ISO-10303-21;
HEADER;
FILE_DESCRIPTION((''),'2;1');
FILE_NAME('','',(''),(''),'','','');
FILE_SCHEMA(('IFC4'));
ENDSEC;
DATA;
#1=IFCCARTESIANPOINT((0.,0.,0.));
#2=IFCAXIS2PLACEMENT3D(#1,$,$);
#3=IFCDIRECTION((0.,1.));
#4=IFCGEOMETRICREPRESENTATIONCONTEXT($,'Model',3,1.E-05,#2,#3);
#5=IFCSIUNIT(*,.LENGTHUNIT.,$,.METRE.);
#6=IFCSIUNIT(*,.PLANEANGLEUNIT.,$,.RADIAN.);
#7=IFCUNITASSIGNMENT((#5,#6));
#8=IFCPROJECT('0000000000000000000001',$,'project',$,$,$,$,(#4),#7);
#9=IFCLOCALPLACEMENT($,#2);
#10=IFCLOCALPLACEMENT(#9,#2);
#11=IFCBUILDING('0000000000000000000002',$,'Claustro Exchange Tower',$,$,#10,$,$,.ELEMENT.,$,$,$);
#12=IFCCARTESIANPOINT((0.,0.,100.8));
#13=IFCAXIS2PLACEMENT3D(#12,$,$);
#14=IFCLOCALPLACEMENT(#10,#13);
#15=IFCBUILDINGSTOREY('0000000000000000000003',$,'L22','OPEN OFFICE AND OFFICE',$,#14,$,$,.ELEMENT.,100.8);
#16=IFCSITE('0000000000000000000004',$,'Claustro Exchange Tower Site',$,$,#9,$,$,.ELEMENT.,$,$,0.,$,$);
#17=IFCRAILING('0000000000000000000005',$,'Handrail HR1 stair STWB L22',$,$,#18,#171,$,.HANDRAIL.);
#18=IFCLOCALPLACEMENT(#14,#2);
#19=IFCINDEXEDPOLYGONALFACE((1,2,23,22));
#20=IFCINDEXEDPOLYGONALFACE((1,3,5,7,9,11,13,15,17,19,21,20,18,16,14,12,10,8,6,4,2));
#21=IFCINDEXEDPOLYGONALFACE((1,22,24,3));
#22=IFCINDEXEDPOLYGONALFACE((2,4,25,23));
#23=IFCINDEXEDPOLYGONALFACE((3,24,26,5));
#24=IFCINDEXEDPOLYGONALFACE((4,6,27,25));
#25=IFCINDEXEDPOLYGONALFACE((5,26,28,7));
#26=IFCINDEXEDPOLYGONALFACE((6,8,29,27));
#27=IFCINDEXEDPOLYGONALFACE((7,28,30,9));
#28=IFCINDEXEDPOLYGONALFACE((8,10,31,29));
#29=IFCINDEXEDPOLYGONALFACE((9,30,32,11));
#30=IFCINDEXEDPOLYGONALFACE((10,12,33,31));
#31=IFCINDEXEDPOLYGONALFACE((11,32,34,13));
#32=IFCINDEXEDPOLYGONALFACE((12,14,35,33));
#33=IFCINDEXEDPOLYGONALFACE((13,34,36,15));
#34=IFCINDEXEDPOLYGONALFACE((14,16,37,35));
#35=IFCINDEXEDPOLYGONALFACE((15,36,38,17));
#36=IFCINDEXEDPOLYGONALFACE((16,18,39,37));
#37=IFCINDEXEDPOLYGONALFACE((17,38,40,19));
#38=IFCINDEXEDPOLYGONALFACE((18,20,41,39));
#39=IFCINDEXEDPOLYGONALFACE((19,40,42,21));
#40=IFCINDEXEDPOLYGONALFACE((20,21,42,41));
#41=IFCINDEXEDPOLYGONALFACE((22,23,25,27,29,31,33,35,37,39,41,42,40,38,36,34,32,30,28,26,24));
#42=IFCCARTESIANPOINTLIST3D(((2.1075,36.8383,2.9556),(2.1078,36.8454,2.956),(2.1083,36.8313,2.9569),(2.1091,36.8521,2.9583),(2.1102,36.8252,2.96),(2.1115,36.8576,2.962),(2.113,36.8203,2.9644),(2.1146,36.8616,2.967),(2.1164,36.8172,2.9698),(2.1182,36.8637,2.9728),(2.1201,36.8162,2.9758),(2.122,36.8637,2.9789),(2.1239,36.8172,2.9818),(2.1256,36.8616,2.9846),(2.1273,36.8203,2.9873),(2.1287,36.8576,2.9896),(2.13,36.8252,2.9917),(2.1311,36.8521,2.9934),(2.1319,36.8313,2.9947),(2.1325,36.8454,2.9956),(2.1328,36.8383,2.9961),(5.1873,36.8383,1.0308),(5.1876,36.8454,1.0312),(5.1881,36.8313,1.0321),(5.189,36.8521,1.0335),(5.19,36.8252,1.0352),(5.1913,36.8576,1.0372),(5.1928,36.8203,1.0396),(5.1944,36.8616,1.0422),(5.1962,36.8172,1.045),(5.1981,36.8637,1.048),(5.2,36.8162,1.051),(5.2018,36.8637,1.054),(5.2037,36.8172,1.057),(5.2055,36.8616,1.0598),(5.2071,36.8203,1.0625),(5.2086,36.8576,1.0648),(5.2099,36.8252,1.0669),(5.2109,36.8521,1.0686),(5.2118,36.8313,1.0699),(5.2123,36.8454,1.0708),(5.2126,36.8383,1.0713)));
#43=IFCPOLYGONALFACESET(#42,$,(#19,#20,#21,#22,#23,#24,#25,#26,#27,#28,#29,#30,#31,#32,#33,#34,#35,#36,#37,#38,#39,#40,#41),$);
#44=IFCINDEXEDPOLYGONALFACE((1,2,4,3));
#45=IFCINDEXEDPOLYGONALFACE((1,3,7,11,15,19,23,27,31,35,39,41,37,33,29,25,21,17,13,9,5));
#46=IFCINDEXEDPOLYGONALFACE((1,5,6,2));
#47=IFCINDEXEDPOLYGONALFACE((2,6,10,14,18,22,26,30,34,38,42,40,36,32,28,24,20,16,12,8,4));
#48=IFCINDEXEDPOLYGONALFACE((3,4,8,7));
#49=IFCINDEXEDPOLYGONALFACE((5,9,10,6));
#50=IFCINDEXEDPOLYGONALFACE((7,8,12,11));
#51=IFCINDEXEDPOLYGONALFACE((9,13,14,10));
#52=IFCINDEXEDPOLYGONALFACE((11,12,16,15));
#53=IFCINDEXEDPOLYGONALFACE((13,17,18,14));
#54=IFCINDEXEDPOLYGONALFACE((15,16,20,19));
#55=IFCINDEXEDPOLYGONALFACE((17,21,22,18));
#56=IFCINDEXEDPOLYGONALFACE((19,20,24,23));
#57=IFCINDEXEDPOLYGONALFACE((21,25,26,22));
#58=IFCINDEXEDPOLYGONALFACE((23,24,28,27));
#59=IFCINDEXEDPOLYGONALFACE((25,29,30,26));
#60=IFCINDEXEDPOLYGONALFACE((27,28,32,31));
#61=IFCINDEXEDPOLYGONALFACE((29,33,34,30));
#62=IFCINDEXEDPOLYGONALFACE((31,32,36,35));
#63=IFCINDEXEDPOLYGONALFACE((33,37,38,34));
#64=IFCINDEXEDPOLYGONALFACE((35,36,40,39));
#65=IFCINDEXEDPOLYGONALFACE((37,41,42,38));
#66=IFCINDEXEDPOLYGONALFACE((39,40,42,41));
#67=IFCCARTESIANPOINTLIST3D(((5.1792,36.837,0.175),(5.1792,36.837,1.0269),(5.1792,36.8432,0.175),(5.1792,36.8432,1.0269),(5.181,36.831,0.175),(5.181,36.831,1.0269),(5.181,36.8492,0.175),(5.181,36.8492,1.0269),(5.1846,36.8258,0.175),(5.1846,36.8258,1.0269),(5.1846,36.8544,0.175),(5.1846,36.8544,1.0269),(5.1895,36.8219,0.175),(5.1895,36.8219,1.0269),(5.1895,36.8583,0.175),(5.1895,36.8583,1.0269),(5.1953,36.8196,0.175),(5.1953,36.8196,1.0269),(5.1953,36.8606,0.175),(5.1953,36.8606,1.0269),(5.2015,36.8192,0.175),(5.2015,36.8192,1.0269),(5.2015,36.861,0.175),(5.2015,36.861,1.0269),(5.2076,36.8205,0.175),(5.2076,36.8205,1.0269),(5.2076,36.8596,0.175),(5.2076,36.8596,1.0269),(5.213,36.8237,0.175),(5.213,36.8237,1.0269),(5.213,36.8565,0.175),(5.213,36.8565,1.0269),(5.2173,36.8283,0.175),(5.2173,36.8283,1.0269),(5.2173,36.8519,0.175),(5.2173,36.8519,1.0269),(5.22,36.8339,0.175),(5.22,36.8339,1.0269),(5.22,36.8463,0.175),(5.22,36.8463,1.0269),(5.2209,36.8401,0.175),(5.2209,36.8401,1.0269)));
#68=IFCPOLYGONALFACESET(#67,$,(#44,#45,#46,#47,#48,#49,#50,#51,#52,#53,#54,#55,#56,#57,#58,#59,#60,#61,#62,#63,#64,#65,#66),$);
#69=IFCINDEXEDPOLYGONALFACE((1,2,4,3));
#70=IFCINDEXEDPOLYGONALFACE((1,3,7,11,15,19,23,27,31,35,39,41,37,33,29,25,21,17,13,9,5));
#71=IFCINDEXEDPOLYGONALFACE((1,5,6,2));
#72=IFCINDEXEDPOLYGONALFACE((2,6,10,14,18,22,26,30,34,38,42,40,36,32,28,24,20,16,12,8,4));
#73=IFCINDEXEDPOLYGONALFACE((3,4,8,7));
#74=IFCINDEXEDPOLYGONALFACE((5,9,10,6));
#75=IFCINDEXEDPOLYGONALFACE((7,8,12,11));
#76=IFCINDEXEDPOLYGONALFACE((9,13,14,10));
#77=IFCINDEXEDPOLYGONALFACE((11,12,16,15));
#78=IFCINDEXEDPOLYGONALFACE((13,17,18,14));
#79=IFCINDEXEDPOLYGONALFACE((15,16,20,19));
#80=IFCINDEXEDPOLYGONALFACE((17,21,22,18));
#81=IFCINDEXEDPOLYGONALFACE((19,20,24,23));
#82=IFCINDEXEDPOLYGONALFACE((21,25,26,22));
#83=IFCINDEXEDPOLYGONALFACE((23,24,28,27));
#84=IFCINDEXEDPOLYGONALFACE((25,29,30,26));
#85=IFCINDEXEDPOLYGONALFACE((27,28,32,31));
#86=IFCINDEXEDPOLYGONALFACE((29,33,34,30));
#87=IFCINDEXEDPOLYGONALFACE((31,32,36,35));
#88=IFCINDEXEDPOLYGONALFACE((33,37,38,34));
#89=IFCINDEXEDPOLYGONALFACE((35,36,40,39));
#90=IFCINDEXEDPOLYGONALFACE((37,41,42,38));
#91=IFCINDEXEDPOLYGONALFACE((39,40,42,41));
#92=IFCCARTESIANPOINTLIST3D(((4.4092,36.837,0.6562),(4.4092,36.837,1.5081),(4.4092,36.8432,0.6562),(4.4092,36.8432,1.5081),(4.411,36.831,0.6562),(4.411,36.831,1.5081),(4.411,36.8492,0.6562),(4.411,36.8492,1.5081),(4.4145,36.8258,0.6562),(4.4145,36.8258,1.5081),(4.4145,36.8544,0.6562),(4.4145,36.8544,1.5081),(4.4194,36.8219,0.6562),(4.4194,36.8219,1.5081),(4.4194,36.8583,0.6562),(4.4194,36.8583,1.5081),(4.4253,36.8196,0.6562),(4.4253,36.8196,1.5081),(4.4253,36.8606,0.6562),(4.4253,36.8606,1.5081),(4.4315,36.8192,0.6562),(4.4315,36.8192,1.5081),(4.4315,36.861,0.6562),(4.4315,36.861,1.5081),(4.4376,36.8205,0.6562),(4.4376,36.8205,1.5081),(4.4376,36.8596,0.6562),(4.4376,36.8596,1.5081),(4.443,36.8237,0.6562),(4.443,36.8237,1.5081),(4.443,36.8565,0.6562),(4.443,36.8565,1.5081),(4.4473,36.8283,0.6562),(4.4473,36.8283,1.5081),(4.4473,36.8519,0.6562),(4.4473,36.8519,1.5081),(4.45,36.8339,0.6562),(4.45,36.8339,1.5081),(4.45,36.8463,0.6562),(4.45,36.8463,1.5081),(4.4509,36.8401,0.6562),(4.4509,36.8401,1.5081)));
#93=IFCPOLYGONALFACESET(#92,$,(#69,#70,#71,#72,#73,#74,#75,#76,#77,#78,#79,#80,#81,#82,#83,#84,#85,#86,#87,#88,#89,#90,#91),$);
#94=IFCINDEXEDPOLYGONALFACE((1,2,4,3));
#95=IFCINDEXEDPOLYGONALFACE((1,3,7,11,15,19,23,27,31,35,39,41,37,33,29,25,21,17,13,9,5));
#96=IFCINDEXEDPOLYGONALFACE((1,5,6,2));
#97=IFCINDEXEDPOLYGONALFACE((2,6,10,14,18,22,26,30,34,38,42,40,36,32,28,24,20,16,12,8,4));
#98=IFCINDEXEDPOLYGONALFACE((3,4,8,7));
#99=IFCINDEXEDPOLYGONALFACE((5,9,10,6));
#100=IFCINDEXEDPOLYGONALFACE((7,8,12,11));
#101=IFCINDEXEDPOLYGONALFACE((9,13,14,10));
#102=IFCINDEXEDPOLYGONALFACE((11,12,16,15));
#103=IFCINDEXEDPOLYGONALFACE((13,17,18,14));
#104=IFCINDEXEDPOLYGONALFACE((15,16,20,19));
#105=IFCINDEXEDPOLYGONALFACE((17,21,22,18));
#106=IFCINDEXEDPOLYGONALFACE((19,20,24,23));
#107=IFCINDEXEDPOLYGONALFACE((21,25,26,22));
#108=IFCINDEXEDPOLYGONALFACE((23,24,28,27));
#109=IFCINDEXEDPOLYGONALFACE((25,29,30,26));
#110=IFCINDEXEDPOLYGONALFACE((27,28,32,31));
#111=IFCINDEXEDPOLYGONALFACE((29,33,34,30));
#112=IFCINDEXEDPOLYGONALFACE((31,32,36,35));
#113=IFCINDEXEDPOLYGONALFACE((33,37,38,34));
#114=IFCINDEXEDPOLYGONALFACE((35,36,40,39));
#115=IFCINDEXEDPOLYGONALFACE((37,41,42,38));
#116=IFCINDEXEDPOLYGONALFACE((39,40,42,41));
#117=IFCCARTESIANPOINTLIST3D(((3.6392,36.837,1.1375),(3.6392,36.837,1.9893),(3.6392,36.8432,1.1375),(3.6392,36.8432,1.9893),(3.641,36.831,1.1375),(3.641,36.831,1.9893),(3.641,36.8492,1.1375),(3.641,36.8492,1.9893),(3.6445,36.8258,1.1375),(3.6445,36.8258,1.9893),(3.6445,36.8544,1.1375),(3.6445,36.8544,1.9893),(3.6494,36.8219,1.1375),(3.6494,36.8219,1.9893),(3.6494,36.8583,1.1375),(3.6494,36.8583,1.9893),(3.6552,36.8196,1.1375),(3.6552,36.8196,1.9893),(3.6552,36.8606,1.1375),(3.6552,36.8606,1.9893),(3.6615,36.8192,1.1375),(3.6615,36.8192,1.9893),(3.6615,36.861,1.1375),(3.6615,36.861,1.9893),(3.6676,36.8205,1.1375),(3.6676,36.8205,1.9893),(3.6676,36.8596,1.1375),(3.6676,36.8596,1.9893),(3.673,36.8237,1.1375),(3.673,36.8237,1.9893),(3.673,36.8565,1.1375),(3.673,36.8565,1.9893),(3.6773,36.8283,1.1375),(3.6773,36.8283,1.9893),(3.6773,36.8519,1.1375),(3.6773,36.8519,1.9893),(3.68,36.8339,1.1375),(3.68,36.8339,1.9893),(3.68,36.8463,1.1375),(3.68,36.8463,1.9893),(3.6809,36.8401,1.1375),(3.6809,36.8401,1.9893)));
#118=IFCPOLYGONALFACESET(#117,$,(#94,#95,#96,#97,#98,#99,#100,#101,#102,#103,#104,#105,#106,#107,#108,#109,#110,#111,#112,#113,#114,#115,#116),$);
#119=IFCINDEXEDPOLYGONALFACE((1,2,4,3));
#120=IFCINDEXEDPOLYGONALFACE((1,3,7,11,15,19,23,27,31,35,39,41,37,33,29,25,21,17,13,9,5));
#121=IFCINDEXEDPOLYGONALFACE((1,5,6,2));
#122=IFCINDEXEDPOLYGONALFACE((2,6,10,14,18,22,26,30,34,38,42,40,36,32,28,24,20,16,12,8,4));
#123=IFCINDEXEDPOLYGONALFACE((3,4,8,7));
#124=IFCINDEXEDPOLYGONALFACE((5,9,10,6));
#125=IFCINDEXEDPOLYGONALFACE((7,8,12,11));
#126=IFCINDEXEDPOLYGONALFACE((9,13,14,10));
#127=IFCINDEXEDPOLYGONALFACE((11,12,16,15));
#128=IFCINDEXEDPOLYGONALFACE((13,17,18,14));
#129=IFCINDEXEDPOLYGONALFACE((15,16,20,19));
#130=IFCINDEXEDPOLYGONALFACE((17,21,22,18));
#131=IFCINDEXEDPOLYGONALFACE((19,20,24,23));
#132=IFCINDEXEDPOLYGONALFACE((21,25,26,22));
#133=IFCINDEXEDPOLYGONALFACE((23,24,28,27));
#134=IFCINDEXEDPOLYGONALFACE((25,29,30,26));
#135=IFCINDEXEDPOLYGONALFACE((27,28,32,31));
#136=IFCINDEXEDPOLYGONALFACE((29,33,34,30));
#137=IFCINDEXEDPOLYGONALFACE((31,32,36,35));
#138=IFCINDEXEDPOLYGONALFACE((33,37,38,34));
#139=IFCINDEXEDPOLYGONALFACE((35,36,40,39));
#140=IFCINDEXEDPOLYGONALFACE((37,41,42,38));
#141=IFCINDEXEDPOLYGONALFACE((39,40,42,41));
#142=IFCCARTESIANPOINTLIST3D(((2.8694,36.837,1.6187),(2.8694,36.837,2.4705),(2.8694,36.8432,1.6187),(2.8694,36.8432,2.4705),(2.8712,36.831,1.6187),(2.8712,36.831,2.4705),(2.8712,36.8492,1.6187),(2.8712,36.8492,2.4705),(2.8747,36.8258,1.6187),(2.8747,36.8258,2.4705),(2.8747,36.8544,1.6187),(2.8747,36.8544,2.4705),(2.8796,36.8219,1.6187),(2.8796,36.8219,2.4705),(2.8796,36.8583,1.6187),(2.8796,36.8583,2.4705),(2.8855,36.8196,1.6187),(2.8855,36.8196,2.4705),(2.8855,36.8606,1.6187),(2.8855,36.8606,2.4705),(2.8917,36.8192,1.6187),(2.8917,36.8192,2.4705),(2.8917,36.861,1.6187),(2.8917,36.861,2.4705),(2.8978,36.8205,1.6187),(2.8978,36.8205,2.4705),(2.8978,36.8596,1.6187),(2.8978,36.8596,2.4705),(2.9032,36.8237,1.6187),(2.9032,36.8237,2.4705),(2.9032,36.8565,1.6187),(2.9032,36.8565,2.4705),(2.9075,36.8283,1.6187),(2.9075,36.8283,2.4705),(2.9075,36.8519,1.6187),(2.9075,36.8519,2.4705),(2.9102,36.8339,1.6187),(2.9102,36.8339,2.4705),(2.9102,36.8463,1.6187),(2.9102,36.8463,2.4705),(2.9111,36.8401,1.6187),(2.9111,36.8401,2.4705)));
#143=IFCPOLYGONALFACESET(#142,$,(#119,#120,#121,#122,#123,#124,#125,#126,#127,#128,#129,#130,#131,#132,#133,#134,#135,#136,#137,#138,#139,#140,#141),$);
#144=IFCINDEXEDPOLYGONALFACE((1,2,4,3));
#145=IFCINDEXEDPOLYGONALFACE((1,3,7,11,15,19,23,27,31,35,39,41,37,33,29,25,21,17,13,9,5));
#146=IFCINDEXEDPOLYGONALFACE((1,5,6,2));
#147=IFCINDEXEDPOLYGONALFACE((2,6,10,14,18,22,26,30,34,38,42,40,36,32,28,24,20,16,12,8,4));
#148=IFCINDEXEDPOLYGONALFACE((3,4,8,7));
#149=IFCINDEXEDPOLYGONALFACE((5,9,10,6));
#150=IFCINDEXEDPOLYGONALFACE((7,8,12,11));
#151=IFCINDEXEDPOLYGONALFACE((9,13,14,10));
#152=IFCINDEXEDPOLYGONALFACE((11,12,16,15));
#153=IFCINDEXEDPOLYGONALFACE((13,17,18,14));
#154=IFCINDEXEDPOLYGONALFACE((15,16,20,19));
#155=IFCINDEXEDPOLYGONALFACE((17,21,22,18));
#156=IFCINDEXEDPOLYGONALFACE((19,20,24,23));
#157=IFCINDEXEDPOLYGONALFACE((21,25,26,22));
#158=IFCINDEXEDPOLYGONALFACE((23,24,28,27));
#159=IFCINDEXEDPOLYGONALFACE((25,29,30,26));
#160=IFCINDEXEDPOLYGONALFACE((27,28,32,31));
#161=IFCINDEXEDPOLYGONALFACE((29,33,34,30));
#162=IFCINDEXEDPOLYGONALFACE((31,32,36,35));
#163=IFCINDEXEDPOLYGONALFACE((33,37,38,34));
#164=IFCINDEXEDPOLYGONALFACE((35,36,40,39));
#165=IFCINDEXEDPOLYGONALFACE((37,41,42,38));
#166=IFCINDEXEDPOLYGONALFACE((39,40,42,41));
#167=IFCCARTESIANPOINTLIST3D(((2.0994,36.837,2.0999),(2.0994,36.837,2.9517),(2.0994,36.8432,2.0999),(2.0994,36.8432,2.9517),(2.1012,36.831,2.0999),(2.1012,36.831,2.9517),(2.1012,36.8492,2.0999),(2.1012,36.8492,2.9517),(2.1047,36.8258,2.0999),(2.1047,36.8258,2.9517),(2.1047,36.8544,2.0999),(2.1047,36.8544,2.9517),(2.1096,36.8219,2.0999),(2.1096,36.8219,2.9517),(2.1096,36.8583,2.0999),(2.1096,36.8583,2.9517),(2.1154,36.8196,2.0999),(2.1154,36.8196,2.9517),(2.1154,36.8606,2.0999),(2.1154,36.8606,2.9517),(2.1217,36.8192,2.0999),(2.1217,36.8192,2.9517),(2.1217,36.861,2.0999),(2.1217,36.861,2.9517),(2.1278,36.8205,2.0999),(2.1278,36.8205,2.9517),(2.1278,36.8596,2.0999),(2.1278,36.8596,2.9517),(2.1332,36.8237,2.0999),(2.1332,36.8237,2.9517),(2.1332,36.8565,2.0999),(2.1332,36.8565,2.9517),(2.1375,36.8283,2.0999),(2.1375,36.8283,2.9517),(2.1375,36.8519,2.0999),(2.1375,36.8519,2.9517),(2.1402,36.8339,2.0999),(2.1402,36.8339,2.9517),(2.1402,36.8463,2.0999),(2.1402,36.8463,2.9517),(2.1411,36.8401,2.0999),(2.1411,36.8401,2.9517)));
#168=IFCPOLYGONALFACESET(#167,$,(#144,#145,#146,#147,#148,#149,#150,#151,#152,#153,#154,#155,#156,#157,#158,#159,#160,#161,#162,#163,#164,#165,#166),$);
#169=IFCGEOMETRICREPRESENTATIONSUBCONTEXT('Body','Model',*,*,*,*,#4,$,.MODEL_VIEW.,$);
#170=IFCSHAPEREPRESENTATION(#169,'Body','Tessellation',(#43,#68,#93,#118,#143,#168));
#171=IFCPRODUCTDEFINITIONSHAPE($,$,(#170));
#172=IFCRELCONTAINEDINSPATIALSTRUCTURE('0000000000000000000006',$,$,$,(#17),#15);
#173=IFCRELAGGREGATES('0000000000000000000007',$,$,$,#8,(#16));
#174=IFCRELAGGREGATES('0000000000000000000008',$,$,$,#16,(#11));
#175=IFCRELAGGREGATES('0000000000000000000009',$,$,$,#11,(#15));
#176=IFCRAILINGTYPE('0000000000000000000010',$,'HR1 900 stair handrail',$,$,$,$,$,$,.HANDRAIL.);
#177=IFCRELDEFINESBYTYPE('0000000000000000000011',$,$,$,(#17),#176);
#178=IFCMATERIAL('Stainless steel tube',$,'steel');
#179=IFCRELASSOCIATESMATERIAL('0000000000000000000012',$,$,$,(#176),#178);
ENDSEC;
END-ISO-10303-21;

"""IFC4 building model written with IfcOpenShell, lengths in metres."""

from ifc_helpers import new_model, si_unit, direction, frame, origin, origin_2d, place, context, subcontext, project, spatial, circle, extrude, material, type_object, element, save


model = new_model("IFC4")

# Units and contexts
model_context = context("Model", 3, precision=1e-05, world=origin(), true_north=direction((0.0, 1.0)))
body_context = subcontext(model_context, "Body", "Model", "MODEL_VIEW")
ifc_project = project(units=[si_unit("LENGTHUNIT", "METRE"), si_unit("PLANEANGLEUNIT", "RADIAN")], contexts=[model_context])

# Site, building, storey
site_placement = place(None, origin())
site = spatial("IfcSite", under=ifc_project, at=site_placement, Name="Claustro Exchange Tower Site", CompositionType="ELEMENT", RefElevation=0.0)
building_placement = place(site_placement, origin())
building = spatial("IfcBuilding", under=site, at=building_placement, Name="Claustro Exchange Tower", CompositionType="ELEMENT")
storey_placement = place(building_placement, frame((0.0, 0.0, 100.8)))
storey = spatial("IfcBuildingStorey", under=building, at=storey_placement, Name="L22", Description="OPEN OFFICE AND OFFICE", CompositionType="ELEMENT", Elevation=100.8)

# Railing
ifc_material_1 = material(Name="Stainless steel tube", Category="steel")
railing_type_1 = type_object("IfcRailingType", Name="HR1 900 stair handrail", PredefinedType="HANDRAIL", material=ifc_material_1)
railing_1_placement = place(storey_placement, frame((5.2, 36.8401, 0.175)))
element("IfcRailing", 1, at=railing_1_placement, inside=storey, type_object=railing_type_1, Name="Handrail HR1 stair STWB L22", PredefinedType="HANDRAIL", context=body_context, shape_type="SweptSolid", body=[
    extrude(circle(Radius=0.0239, at=origin_2d()), frame((0.0, 0.0, 0.876), z_axis=(-0.84801, 0.0, 0.529981), x_axis=(0.0, -1.0, 0.0)), (0.0, 0.0, 1.0), 3.6318),
    extrude(circle(Radius=0.021, at=origin_2d()), origin(), (0.0, 0.0, 1.0), 0.8518),
    extrude(circle(Radius=0.021, at=origin_2d()), frame((-0.77, 0.0, 0.4812)), (0.0, 0.0, 1.0), 0.8518),
    extrude(circle(Radius=0.021, at=origin_2d()), frame((-1.54, 0.0, 0.9624)), (0.0, 0.0, 1.0), 0.8518),
    extrude(circle(Radius=0.021, at=origin_2d()), frame((-2.3098, 0.0, 1.4436)), (0.0, 0.0, 1.0), 0.8518),
    extrude(circle(Radius=0.021, at=origin_2d()), frame((-3.0798, 0.0, 1.9248)), (0.0, 0.0, 1.0), 0.8518),
])

save(model, "model.ifc")
